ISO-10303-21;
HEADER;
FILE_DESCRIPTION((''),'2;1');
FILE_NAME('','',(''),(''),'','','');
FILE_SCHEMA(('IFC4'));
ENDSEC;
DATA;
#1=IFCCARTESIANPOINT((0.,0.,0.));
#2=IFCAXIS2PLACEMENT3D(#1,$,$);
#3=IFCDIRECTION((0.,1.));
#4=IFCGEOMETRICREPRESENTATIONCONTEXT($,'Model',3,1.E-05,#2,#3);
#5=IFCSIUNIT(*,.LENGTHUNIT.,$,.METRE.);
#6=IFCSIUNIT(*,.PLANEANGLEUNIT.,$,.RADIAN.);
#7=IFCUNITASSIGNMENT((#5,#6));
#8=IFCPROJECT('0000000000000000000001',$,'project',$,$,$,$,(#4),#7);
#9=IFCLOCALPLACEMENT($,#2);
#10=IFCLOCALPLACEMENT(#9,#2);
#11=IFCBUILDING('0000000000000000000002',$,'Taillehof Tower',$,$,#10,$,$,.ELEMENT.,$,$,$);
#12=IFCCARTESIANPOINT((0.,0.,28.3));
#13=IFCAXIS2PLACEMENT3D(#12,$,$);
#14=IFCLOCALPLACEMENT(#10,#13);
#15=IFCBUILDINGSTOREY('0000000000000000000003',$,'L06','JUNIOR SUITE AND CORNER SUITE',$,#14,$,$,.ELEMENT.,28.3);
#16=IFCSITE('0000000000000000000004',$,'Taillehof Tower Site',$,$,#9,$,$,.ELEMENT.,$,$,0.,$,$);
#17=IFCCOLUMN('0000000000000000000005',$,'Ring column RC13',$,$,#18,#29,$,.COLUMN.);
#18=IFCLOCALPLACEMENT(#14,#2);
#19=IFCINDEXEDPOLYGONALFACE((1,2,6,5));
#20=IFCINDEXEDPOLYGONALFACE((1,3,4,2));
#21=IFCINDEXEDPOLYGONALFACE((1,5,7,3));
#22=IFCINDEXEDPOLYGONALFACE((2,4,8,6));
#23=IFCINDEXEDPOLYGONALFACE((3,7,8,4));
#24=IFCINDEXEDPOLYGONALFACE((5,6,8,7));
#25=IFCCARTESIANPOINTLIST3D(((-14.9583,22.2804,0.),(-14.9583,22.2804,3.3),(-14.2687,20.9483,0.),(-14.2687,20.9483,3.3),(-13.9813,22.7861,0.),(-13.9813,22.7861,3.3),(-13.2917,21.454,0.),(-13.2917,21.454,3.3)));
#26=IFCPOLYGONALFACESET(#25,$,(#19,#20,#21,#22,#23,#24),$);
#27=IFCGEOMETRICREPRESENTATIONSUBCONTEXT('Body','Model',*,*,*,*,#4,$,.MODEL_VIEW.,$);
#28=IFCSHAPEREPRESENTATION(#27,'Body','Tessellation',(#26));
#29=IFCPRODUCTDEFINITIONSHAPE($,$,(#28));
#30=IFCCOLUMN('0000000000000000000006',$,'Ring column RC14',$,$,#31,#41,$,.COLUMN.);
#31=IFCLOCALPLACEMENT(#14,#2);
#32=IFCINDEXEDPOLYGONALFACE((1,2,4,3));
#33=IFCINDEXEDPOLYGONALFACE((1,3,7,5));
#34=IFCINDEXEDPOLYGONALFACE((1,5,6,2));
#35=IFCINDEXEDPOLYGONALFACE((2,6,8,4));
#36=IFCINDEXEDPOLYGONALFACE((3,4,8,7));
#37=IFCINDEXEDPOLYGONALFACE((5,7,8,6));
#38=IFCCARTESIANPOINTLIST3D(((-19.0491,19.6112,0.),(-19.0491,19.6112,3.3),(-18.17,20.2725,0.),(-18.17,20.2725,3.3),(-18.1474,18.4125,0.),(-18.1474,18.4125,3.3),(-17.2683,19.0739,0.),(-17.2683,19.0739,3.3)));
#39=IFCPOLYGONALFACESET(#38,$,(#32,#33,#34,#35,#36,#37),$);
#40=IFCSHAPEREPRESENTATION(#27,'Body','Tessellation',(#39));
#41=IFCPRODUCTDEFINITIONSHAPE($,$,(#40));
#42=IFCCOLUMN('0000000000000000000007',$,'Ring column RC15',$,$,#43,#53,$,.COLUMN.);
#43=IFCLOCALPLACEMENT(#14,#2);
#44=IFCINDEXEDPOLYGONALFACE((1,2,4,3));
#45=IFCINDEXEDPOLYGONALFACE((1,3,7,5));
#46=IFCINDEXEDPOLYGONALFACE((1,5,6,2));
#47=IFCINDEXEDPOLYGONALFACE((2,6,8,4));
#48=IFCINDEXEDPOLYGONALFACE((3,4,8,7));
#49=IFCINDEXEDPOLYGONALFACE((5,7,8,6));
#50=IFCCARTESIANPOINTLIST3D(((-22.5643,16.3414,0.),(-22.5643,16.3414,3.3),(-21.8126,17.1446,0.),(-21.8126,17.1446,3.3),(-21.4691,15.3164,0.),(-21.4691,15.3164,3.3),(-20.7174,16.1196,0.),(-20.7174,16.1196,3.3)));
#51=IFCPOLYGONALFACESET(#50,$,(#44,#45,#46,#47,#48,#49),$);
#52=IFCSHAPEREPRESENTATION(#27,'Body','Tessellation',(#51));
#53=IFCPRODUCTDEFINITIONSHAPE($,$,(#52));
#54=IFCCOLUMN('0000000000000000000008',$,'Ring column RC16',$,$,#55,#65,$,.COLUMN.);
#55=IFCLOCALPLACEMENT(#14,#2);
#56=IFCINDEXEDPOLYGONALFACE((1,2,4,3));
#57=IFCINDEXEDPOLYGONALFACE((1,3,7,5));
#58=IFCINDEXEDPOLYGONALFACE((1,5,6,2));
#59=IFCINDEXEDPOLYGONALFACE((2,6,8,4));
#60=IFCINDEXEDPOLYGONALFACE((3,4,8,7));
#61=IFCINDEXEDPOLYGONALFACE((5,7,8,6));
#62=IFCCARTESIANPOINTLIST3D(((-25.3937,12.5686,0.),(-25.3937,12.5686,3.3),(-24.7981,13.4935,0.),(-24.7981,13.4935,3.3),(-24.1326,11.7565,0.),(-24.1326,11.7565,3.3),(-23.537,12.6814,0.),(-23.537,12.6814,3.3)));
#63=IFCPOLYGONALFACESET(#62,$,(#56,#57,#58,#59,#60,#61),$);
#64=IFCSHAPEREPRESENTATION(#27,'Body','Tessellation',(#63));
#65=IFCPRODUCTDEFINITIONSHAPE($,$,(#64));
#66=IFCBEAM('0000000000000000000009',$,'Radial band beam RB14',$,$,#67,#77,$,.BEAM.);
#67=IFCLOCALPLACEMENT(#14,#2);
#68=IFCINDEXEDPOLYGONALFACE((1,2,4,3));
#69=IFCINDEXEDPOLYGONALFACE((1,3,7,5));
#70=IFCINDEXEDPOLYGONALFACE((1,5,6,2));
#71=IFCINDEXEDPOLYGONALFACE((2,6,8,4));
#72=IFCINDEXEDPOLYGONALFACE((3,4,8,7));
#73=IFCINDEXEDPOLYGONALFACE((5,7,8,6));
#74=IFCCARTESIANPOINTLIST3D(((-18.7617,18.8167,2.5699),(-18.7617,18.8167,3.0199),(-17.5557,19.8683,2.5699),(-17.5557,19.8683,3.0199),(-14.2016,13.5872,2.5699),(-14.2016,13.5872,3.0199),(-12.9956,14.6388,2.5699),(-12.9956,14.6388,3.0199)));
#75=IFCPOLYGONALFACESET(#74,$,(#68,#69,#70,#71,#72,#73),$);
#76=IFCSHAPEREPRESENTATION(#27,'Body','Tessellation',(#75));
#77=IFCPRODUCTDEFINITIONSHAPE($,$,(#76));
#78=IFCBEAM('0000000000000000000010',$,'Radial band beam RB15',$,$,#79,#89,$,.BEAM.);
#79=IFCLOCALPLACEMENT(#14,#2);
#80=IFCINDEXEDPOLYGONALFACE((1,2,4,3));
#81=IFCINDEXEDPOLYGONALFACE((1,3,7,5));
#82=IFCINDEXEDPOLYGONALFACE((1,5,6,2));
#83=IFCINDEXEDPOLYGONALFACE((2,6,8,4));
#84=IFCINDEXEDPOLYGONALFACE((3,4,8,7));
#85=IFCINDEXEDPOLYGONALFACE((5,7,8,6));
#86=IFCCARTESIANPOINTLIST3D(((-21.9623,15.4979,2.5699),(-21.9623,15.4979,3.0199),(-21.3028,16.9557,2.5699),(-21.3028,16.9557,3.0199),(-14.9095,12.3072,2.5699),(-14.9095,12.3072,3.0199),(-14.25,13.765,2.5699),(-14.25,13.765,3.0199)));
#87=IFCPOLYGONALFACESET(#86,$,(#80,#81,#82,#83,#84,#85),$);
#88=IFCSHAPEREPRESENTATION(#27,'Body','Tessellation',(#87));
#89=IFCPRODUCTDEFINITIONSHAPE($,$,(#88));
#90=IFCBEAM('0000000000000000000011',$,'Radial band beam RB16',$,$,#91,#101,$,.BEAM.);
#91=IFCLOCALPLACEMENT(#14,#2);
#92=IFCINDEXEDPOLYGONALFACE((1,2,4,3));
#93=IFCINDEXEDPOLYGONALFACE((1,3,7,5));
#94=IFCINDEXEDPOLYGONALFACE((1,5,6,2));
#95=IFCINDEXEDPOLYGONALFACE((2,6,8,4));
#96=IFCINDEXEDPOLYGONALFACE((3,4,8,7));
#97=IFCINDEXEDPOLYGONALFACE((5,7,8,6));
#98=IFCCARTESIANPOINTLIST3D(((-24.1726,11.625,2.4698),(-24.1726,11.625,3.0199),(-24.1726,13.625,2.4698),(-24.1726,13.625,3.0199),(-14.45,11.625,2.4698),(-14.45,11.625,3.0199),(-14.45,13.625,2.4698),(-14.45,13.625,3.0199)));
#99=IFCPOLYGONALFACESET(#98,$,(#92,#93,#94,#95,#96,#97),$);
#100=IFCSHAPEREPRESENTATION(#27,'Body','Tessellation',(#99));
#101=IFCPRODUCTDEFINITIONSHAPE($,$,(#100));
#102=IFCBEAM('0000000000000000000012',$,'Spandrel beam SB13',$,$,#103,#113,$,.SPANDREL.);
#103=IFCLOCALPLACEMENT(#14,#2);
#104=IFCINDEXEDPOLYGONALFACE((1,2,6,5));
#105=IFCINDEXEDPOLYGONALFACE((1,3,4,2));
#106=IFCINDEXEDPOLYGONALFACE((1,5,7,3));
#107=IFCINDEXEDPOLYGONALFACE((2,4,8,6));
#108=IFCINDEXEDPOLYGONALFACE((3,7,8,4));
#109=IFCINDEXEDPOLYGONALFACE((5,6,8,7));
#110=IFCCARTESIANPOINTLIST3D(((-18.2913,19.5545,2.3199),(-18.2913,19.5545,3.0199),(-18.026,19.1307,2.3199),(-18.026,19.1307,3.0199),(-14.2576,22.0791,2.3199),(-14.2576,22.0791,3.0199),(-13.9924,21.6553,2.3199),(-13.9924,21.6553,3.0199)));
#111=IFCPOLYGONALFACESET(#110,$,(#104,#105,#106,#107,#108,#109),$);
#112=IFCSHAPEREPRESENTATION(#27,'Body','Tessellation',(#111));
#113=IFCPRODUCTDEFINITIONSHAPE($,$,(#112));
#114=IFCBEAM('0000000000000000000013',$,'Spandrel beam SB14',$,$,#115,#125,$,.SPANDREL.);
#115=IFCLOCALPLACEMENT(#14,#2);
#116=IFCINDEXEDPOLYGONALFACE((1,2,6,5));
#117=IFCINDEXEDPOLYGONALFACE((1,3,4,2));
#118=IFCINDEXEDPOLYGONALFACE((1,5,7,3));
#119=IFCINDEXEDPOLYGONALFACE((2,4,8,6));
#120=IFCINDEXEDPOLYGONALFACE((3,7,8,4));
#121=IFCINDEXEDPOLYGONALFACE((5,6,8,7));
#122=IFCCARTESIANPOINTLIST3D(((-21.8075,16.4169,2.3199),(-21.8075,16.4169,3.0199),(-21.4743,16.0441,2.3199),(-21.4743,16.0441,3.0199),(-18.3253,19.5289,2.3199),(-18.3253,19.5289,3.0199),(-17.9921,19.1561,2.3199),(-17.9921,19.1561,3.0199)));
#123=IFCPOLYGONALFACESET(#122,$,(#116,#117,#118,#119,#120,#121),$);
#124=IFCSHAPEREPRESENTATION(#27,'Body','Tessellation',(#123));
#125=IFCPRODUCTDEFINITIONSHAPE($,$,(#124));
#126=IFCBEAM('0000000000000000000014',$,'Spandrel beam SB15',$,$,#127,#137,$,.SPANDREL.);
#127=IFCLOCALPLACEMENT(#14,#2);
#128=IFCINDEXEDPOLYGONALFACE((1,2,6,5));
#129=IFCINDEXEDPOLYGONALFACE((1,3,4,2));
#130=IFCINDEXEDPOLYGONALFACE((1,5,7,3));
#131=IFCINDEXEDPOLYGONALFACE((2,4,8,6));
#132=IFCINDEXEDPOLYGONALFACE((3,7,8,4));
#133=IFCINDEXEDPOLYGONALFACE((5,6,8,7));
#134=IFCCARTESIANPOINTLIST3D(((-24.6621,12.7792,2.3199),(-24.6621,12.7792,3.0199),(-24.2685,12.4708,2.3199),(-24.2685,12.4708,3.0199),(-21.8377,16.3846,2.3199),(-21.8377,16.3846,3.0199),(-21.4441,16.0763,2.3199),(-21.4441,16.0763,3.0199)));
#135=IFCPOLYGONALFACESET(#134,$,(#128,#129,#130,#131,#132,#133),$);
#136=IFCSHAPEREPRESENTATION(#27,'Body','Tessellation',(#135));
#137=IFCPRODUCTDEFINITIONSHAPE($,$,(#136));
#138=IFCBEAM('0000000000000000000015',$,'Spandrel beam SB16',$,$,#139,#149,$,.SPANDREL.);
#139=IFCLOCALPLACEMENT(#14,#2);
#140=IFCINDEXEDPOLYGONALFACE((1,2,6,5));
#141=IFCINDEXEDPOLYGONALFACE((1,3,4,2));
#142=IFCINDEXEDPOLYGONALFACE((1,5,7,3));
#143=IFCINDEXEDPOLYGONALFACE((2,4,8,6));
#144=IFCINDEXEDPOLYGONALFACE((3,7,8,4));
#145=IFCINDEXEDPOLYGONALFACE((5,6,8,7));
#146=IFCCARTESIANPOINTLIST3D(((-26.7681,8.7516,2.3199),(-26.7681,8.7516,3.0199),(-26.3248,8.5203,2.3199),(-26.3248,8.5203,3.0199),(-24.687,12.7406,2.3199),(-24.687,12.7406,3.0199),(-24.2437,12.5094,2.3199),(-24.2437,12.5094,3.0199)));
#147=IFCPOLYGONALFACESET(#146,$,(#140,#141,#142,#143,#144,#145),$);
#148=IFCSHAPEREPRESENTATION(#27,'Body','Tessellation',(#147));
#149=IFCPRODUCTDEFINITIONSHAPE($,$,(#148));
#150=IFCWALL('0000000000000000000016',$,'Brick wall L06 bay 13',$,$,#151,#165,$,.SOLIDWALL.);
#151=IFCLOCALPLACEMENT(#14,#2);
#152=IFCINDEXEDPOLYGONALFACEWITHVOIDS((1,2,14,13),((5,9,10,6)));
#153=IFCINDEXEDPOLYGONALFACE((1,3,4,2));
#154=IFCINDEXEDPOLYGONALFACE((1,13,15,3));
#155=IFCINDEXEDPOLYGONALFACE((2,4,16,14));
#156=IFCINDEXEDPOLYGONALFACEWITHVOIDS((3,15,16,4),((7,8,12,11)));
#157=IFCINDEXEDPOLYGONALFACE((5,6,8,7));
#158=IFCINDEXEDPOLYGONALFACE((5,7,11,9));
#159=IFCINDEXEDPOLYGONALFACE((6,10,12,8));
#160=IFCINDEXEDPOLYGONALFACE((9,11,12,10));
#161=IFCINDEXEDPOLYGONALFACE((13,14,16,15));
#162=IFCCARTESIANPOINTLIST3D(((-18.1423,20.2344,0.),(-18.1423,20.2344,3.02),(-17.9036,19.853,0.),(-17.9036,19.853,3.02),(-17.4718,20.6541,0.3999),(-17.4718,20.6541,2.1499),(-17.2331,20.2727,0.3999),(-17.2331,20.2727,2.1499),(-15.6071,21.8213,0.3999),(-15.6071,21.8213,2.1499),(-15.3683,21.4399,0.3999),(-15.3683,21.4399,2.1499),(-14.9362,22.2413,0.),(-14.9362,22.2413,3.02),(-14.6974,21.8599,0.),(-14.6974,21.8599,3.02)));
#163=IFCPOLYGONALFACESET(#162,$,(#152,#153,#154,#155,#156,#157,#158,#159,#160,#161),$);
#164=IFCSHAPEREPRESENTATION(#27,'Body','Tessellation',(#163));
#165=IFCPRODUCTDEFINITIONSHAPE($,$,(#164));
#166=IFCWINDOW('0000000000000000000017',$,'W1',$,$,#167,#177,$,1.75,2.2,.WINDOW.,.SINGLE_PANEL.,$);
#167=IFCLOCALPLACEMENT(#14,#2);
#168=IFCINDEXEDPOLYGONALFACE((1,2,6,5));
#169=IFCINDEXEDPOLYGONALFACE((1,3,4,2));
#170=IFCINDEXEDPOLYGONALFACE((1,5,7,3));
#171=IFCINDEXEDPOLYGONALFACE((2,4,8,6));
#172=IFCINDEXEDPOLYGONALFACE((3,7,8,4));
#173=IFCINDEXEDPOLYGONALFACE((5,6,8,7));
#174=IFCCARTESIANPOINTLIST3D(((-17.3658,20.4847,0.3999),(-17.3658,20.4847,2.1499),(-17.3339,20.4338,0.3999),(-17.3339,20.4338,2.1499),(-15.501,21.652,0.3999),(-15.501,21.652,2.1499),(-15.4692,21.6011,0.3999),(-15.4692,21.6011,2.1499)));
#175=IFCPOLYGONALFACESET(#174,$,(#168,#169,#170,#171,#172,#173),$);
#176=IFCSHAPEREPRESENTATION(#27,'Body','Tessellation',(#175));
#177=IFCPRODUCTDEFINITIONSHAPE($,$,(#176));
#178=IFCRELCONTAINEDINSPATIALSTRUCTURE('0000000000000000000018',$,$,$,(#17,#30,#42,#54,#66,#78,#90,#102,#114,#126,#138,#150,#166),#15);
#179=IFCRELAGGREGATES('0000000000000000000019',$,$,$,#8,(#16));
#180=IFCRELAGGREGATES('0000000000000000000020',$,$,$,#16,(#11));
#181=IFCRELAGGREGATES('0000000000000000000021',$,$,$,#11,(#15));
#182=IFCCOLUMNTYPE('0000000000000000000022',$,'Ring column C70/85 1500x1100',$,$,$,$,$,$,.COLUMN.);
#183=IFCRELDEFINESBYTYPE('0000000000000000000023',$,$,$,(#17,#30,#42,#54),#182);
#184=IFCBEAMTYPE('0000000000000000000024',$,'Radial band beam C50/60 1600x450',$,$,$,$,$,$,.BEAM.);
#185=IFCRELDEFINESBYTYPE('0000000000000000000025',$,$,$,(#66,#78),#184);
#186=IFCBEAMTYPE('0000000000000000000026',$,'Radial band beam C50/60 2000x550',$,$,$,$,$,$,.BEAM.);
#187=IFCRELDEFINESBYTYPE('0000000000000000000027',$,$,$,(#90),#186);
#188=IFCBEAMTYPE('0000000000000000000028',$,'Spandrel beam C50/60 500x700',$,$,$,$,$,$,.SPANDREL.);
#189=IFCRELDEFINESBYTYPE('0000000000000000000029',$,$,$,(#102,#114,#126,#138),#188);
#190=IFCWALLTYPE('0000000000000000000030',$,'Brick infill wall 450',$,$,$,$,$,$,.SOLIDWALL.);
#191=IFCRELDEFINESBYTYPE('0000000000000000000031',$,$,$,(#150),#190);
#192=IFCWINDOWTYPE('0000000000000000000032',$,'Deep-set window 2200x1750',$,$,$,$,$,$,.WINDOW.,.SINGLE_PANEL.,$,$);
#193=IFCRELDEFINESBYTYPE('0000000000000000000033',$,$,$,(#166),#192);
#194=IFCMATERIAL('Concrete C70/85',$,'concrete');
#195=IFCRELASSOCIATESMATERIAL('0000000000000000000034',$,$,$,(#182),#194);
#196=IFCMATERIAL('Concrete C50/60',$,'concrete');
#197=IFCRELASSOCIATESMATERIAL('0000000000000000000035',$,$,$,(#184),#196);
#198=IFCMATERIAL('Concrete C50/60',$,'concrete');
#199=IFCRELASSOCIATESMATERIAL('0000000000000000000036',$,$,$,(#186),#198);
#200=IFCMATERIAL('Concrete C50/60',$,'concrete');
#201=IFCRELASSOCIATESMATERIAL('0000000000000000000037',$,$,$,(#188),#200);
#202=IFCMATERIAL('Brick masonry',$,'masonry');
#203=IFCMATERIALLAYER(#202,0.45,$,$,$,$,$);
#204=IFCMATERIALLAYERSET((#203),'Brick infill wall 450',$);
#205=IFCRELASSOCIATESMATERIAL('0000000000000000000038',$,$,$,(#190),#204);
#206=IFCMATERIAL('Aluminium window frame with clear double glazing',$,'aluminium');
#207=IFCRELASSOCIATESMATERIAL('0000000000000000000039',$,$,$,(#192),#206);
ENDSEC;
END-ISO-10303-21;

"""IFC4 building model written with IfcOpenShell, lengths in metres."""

from ifc_helpers import new_model, si_unit, direction, frame, frame_2d, origin, origin_2d, place, context, subcontext, project, spatial, rectangle, extrude, material, layer, layer_set, material_profile, profile_set, type_object, element, fill, save


model = new_model("IFC4")

# Units and contexts
model_context = context("Model", 3, precision=1e-05, world=origin(), true_north=direction((0.0, 1.0)))
body_context = subcontext(model_context, "Body", "Model", "MODEL_VIEW")
ifc_project = project(units=[si_unit("LENGTHUNIT", "METRE"), si_unit("PLANEANGLEUNIT", "RADIAN")], contexts=[model_context])

# Site, building, storey
site_placement = place(None, origin())
site = spatial("IfcSite", under=ifc_project, at=site_placement, Name="Taillehof Tower Site", CompositionType="ELEMENT", RefElevation=0.0)
building_placement = place(site_placement, origin())
building = spatial("IfcBuilding", under=site, at=building_placement, Name="Taillehof Tower", CompositionType="ELEMENT")
storey_placement = place(building_placement, frame((0.0, 0.0, 28.3)))
storey = spatial("IfcBuildingStorey", under=building, at=storey_placement, Name="L06", Description="JUNIOR SUITE AND CORNER SUITE", CompositionType="ELEMENT", Elevation=28.3)

# Columns
ifc_material_1 = material(Name="Concrete C70/85", Category="concrete")
ifc_material_profile_1 = material_profile(ifc_material_1, rectangle(XDim=1.5, YDim=1.1001, at=origin_2d()), Name="RC 1500x1100")
ifc_profile_set_1 = profile_set([ifc_material_profile_1], Name="Concrete C70/85")
column_type = type_object("IfcColumnType", Name="Ring column C70/85 1500x1100", PredefinedType="COLUMN", material=ifc_profile_set_1)
for number, where, z_axis, x_axis, name in (
    (1, (-14.125, 21.8672, 0.0), (0.0, 0.0, 1.0), (-0.459691, 0.888079, 0.0), "Ring column RC13"),
    (2, (-18.1587, 19.3425, 0.0), (0.0, 0.0, 1.0), (-0.601174, 0.799118, 0.0), "Ring column RC14"),
    (3, (-21.6409, 16.2305, 0.0), (0.0, 0.0, 1.0), (-0.730113, 0.683326, 0.0), "Ring column RC15"),
    (4, (-24.4653, 12.625, 0.0), (0.0, 0.0, 1.0), (-0.840754, 0.541418, 0.0), "Ring column RC16"),
):
    element("IfcColumn", number, at=place(storey_placement, frame(where, z_axis=z_axis, x_axis=x_axis)), inside=storey, type_object=column_type, Name=name, PredefinedType="COLUMN", context=body_context, shape_type="SweptSolid", body=[
        extrude(rectangle(XDim=1.5, YDim=1.1001, at=origin_2d()), origin(), (0.0, 0.0, 1.0), 3.3),
    ])

# Beams
ifc_material_2 = material(Name="Concrete C50/60", Category="concrete")
ifc_material_profile_2 = material_profile(ifc_material_2, rectangle(XDim=1.6001, YDim=0.45, at=origin_2d()), Name="RC 1600x450")
ifc_profile_set_2 = profile_set([ifc_material_profile_2], Name="Concrete C50/60")
beam_type_1 = type_object("IfcBeamType", Name="Radial band beam C50/60 1600x450", PredefinedType="BEAM", material=ifc_profile_set_2)
beam_1_placement = place(storey_placement, frame((-18.1587, 19.3425, 2.7949), z_axis=(0.657218, -0.7537, 0.0), x_axis=(0.7537, 0.657218, 0.0)))
element("IfcBeam", 5, at=beam_1_placement, inside=storey, type_object=beam_type_1, Name="Radial band beam RB14", PredefinedType="BEAM", context=body_context, shape_type="SweptSolid", body=[
    extrude(rectangle(XDim=1.6001, YDim=0.45, at=origin_2d()), origin(), (0.0, 0.0, 1.0), 6.9385),
])
beam_2_placement = place(storey_placement, frame((-21.6326, 16.2268, 2.7949), z_axis=(0.911101, -0.412184, 0.0), x_axis=(0.412184, 0.911101, 0.0)))
element("IfcBeam", 6, at=beam_2_placement, inside=storey, type_object=beam_type_1, Name="Radial band beam RB15", PredefinedType="BEAM", context=body_context, shape_type="SweptSolid", body=[
    extrude(rectangle(XDim=1.6001, YDim=0.45, at=origin_2d()), origin(), (0.0, 0.0, 1.0), 7.741),
])
ifc_material_3 = material(Name="Concrete C50/60", Category="concrete")
ifc_material_profile_3 = material_profile(ifc_material_3, rectangle(XDim=2.0, YDim=0.55, at=origin_2d()), Name="RC 2000x550")
ifc_profile_set_3 = profile_set([ifc_material_profile_3], Name="Concrete C50/60")
beam_type_2 = type_object("IfcBeamType", Name="Radial band beam C50/60 2000x550", PredefinedType="BEAM", material=ifc_profile_set_3)
beam_3_placement = place(storey_placement, frame((-24.1726, 12.625, 2.7449), z_axis=(1.0, 0.0, 0.0), x_axis=(0.0, 1.0, 0.0)))
element("IfcBeam", 7, at=beam_3_placement, inside=storey, type_object=beam_type_2, Name="Radial band beam RB16", PredefinedType="BEAM", context=body_context, shape_type="SweptSolid", body=[
    extrude(rectangle(XDim=2.0, YDim=0.55, at=origin_2d()), origin(), (0.0, 0.0, 1.0), 9.7227),
])
ifc_material_4 = material(Name="Concrete C50/60", Category="concrete")
ifc_material_profile_4 = material_profile(ifc_material_4, rectangle(XDim=0.5, YDim=0.7, at=origin_2d()), Name="RC 500x700")
ifc_profile_set_4 = profile_set([ifc_material_profile_4], Name="Concrete C50/60")
beam_type_3 = type_object("IfcBeamType", Name="Spandrel beam C50/60 500x700", PredefinedType="SPANDREL", material=ifc_profile_set_4)
beam_4_placement = place(storey_placement, frame((-14.125, 21.8672, 2.6699), z_axis=(-0.847658, -0.530543, 0.0), x_axis=(0.530543, -0.847658, 0.0)))
element("IfcBeam", 8, at=beam_4_placement, inside=storey, type_object=beam_type_3, Name="Spandrel beam SB13", PredefinedType="SPANDREL", context=body_context, shape_type="SweptSolid", body=[
    extrude(rectangle(XDim=0.5, YDim=0.7, at=origin_2d()), origin(), (0.0, 0.0, 1.0), 4.7585),
])
beam_5_placement = place(storey_placement, frame((-18.1587, 19.3425, 2.6699), z_axis=(-0.745621, -0.66637, 0.0), x_axis=(0.66637, -0.745621, 0.0)))
element("IfcBeam", 9, at=beam_5_placement, inside=storey, type_object=beam_type_3, Name="Spandrel beam SB14", PredefinedType="SPANDREL", context=body_context, shape_type="SweptSolid", body=[
    extrude(rectangle(XDim=0.5, YDim=0.7, at=origin_2d()), origin(), (0.0, 0.0, 1.0), 4.6702),
])
beam_6_placement = place(storey_placement, frame((-21.6409, 16.2305, 2.6699), z_axis=(-0.616686, -0.787209, 0.0), x_axis=(0.787209, -0.616686, 0.0)))
element("IfcBeam", 10, at=beam_6_placement, inside=storey, type_object=beam_type_3, Name="Spandrel beam SB15", PredefinedType="SPANDREL", context=body_context, shape_type="SweptSolid", body=[
    extrude(rectangle(XDim=0.5, YDim=0.7, at=origin_2d()), origin(), (0.0, 0.0, 1.0), 4.5801),
])
beam_7_placement = place(storey_placement, frame((-24.4653, 12.625, 2.6699), z_axis=(-0.462536, -0.8866, 0.0), x_axis=(0.8866, -0.462536, 0.0)))
element("IfcBeam", 11, at=beam_7_placement, inside=storey, type_object=beam_type_3, Name="Spandrel beam SB16", PredefinedType="SPANDREL", context=body_context, shape_type="SweptSolid", body=[
    extrude(rectangle(XDim=0.5, YDim=0.7, at=origin_2d()), origin(), (0.0, 0.0, 1.0), 4.4993),
])

# Wall, opening, window
ifc_material_5 = material(Name="Brick masonry", Category="masonry")
ifc_layer_1 = layer(ifc_material_5, 0.45)
ifc_layer_set_1 = layer_set([ifc_layer_1], Name="Brick infill wall 450")
wall_type_1 = type_object("IfcWallType", Name="Brick infill wall 450", PredefinedType="SOLIDWALL", material=ifc_layer_set_1)
wall_1_placement = place(storey_placement, frame((-14.8169, 22.0505, 0.0), z_axis=(0.0, 0.0, 1.0), x_axis=(-0.847635, -0.530579, 0.0)))
wall_1 = element("IfcWall", 12, at=wall_1_placement, inside=storey, type_object=wall_type_1, Name="Brick wall L06 bay 13", PredefinedType="SOLIDWALL", context=body_context, shape_type="SweptSolid", body=[
    extrude(rectangle(XDim=3.7825, YDim=0.45, at=frame_2d((1.8911, 0.0))), origin(), (0.0, 0.0, 1.0), 3.02),
])
opening_1_placement = place(wall_1_placement, frame((0.7913, 0.0, 0.3999)))
opening_1 = element("IfcOpeningElement", 13, at=opening_1_placement, cuts=wall_1, PredefinedType="OPENING", context=body_context, shape_type="SweptSolid", body=[
    extrude(rectangle(XDim=2.2, YDim=1.75, at=frame_2d((1.1001, 0.875))), frame((0.0, 0.2349, 0.0), z_axis=(0.0, -1.0, 0.0), x_axis=(1.0, 0.0, 0.0)), (0.0, 0.0, 1.0), 0.47),
])
ifc_material_6 = material(Name="Aluminium window frame with clear double glazing", Category="aluminium")
window_type = type_object("IfcWindowType", Name="Deep-set window 2200x1750", PartitioningType="SINGLE_PANEL", PredefinedType="WINDOW", material=ifc_material_6)
window_1_placement = place(opening_1_placement, origin())
window_1 = element("IfcWindow", 14, at=window_1_placement, inside=storey, type_object=window_type, Name="W1", OverallHeight=1.75, OverallWidth=2.2, PartitioningType="SINGLE_PANEL", PredefinedType="WINDOW", context=body_context, shape_type="SweptSolid", body=[
    extrude(rectangle(XDim=2.2, YDim=1.75, at=frame_2d((1.1001, 0.875))), frame((0.0, 0.0349, 0.0), z_axis=(0.0, -1.0, 0.0), x_axis=(1.0, 0.0, 0.0)), (0.0, 0.0, 1.0), 0.0601),
])
fill(opening_1, window_1)

save(model, "model.ifc")
